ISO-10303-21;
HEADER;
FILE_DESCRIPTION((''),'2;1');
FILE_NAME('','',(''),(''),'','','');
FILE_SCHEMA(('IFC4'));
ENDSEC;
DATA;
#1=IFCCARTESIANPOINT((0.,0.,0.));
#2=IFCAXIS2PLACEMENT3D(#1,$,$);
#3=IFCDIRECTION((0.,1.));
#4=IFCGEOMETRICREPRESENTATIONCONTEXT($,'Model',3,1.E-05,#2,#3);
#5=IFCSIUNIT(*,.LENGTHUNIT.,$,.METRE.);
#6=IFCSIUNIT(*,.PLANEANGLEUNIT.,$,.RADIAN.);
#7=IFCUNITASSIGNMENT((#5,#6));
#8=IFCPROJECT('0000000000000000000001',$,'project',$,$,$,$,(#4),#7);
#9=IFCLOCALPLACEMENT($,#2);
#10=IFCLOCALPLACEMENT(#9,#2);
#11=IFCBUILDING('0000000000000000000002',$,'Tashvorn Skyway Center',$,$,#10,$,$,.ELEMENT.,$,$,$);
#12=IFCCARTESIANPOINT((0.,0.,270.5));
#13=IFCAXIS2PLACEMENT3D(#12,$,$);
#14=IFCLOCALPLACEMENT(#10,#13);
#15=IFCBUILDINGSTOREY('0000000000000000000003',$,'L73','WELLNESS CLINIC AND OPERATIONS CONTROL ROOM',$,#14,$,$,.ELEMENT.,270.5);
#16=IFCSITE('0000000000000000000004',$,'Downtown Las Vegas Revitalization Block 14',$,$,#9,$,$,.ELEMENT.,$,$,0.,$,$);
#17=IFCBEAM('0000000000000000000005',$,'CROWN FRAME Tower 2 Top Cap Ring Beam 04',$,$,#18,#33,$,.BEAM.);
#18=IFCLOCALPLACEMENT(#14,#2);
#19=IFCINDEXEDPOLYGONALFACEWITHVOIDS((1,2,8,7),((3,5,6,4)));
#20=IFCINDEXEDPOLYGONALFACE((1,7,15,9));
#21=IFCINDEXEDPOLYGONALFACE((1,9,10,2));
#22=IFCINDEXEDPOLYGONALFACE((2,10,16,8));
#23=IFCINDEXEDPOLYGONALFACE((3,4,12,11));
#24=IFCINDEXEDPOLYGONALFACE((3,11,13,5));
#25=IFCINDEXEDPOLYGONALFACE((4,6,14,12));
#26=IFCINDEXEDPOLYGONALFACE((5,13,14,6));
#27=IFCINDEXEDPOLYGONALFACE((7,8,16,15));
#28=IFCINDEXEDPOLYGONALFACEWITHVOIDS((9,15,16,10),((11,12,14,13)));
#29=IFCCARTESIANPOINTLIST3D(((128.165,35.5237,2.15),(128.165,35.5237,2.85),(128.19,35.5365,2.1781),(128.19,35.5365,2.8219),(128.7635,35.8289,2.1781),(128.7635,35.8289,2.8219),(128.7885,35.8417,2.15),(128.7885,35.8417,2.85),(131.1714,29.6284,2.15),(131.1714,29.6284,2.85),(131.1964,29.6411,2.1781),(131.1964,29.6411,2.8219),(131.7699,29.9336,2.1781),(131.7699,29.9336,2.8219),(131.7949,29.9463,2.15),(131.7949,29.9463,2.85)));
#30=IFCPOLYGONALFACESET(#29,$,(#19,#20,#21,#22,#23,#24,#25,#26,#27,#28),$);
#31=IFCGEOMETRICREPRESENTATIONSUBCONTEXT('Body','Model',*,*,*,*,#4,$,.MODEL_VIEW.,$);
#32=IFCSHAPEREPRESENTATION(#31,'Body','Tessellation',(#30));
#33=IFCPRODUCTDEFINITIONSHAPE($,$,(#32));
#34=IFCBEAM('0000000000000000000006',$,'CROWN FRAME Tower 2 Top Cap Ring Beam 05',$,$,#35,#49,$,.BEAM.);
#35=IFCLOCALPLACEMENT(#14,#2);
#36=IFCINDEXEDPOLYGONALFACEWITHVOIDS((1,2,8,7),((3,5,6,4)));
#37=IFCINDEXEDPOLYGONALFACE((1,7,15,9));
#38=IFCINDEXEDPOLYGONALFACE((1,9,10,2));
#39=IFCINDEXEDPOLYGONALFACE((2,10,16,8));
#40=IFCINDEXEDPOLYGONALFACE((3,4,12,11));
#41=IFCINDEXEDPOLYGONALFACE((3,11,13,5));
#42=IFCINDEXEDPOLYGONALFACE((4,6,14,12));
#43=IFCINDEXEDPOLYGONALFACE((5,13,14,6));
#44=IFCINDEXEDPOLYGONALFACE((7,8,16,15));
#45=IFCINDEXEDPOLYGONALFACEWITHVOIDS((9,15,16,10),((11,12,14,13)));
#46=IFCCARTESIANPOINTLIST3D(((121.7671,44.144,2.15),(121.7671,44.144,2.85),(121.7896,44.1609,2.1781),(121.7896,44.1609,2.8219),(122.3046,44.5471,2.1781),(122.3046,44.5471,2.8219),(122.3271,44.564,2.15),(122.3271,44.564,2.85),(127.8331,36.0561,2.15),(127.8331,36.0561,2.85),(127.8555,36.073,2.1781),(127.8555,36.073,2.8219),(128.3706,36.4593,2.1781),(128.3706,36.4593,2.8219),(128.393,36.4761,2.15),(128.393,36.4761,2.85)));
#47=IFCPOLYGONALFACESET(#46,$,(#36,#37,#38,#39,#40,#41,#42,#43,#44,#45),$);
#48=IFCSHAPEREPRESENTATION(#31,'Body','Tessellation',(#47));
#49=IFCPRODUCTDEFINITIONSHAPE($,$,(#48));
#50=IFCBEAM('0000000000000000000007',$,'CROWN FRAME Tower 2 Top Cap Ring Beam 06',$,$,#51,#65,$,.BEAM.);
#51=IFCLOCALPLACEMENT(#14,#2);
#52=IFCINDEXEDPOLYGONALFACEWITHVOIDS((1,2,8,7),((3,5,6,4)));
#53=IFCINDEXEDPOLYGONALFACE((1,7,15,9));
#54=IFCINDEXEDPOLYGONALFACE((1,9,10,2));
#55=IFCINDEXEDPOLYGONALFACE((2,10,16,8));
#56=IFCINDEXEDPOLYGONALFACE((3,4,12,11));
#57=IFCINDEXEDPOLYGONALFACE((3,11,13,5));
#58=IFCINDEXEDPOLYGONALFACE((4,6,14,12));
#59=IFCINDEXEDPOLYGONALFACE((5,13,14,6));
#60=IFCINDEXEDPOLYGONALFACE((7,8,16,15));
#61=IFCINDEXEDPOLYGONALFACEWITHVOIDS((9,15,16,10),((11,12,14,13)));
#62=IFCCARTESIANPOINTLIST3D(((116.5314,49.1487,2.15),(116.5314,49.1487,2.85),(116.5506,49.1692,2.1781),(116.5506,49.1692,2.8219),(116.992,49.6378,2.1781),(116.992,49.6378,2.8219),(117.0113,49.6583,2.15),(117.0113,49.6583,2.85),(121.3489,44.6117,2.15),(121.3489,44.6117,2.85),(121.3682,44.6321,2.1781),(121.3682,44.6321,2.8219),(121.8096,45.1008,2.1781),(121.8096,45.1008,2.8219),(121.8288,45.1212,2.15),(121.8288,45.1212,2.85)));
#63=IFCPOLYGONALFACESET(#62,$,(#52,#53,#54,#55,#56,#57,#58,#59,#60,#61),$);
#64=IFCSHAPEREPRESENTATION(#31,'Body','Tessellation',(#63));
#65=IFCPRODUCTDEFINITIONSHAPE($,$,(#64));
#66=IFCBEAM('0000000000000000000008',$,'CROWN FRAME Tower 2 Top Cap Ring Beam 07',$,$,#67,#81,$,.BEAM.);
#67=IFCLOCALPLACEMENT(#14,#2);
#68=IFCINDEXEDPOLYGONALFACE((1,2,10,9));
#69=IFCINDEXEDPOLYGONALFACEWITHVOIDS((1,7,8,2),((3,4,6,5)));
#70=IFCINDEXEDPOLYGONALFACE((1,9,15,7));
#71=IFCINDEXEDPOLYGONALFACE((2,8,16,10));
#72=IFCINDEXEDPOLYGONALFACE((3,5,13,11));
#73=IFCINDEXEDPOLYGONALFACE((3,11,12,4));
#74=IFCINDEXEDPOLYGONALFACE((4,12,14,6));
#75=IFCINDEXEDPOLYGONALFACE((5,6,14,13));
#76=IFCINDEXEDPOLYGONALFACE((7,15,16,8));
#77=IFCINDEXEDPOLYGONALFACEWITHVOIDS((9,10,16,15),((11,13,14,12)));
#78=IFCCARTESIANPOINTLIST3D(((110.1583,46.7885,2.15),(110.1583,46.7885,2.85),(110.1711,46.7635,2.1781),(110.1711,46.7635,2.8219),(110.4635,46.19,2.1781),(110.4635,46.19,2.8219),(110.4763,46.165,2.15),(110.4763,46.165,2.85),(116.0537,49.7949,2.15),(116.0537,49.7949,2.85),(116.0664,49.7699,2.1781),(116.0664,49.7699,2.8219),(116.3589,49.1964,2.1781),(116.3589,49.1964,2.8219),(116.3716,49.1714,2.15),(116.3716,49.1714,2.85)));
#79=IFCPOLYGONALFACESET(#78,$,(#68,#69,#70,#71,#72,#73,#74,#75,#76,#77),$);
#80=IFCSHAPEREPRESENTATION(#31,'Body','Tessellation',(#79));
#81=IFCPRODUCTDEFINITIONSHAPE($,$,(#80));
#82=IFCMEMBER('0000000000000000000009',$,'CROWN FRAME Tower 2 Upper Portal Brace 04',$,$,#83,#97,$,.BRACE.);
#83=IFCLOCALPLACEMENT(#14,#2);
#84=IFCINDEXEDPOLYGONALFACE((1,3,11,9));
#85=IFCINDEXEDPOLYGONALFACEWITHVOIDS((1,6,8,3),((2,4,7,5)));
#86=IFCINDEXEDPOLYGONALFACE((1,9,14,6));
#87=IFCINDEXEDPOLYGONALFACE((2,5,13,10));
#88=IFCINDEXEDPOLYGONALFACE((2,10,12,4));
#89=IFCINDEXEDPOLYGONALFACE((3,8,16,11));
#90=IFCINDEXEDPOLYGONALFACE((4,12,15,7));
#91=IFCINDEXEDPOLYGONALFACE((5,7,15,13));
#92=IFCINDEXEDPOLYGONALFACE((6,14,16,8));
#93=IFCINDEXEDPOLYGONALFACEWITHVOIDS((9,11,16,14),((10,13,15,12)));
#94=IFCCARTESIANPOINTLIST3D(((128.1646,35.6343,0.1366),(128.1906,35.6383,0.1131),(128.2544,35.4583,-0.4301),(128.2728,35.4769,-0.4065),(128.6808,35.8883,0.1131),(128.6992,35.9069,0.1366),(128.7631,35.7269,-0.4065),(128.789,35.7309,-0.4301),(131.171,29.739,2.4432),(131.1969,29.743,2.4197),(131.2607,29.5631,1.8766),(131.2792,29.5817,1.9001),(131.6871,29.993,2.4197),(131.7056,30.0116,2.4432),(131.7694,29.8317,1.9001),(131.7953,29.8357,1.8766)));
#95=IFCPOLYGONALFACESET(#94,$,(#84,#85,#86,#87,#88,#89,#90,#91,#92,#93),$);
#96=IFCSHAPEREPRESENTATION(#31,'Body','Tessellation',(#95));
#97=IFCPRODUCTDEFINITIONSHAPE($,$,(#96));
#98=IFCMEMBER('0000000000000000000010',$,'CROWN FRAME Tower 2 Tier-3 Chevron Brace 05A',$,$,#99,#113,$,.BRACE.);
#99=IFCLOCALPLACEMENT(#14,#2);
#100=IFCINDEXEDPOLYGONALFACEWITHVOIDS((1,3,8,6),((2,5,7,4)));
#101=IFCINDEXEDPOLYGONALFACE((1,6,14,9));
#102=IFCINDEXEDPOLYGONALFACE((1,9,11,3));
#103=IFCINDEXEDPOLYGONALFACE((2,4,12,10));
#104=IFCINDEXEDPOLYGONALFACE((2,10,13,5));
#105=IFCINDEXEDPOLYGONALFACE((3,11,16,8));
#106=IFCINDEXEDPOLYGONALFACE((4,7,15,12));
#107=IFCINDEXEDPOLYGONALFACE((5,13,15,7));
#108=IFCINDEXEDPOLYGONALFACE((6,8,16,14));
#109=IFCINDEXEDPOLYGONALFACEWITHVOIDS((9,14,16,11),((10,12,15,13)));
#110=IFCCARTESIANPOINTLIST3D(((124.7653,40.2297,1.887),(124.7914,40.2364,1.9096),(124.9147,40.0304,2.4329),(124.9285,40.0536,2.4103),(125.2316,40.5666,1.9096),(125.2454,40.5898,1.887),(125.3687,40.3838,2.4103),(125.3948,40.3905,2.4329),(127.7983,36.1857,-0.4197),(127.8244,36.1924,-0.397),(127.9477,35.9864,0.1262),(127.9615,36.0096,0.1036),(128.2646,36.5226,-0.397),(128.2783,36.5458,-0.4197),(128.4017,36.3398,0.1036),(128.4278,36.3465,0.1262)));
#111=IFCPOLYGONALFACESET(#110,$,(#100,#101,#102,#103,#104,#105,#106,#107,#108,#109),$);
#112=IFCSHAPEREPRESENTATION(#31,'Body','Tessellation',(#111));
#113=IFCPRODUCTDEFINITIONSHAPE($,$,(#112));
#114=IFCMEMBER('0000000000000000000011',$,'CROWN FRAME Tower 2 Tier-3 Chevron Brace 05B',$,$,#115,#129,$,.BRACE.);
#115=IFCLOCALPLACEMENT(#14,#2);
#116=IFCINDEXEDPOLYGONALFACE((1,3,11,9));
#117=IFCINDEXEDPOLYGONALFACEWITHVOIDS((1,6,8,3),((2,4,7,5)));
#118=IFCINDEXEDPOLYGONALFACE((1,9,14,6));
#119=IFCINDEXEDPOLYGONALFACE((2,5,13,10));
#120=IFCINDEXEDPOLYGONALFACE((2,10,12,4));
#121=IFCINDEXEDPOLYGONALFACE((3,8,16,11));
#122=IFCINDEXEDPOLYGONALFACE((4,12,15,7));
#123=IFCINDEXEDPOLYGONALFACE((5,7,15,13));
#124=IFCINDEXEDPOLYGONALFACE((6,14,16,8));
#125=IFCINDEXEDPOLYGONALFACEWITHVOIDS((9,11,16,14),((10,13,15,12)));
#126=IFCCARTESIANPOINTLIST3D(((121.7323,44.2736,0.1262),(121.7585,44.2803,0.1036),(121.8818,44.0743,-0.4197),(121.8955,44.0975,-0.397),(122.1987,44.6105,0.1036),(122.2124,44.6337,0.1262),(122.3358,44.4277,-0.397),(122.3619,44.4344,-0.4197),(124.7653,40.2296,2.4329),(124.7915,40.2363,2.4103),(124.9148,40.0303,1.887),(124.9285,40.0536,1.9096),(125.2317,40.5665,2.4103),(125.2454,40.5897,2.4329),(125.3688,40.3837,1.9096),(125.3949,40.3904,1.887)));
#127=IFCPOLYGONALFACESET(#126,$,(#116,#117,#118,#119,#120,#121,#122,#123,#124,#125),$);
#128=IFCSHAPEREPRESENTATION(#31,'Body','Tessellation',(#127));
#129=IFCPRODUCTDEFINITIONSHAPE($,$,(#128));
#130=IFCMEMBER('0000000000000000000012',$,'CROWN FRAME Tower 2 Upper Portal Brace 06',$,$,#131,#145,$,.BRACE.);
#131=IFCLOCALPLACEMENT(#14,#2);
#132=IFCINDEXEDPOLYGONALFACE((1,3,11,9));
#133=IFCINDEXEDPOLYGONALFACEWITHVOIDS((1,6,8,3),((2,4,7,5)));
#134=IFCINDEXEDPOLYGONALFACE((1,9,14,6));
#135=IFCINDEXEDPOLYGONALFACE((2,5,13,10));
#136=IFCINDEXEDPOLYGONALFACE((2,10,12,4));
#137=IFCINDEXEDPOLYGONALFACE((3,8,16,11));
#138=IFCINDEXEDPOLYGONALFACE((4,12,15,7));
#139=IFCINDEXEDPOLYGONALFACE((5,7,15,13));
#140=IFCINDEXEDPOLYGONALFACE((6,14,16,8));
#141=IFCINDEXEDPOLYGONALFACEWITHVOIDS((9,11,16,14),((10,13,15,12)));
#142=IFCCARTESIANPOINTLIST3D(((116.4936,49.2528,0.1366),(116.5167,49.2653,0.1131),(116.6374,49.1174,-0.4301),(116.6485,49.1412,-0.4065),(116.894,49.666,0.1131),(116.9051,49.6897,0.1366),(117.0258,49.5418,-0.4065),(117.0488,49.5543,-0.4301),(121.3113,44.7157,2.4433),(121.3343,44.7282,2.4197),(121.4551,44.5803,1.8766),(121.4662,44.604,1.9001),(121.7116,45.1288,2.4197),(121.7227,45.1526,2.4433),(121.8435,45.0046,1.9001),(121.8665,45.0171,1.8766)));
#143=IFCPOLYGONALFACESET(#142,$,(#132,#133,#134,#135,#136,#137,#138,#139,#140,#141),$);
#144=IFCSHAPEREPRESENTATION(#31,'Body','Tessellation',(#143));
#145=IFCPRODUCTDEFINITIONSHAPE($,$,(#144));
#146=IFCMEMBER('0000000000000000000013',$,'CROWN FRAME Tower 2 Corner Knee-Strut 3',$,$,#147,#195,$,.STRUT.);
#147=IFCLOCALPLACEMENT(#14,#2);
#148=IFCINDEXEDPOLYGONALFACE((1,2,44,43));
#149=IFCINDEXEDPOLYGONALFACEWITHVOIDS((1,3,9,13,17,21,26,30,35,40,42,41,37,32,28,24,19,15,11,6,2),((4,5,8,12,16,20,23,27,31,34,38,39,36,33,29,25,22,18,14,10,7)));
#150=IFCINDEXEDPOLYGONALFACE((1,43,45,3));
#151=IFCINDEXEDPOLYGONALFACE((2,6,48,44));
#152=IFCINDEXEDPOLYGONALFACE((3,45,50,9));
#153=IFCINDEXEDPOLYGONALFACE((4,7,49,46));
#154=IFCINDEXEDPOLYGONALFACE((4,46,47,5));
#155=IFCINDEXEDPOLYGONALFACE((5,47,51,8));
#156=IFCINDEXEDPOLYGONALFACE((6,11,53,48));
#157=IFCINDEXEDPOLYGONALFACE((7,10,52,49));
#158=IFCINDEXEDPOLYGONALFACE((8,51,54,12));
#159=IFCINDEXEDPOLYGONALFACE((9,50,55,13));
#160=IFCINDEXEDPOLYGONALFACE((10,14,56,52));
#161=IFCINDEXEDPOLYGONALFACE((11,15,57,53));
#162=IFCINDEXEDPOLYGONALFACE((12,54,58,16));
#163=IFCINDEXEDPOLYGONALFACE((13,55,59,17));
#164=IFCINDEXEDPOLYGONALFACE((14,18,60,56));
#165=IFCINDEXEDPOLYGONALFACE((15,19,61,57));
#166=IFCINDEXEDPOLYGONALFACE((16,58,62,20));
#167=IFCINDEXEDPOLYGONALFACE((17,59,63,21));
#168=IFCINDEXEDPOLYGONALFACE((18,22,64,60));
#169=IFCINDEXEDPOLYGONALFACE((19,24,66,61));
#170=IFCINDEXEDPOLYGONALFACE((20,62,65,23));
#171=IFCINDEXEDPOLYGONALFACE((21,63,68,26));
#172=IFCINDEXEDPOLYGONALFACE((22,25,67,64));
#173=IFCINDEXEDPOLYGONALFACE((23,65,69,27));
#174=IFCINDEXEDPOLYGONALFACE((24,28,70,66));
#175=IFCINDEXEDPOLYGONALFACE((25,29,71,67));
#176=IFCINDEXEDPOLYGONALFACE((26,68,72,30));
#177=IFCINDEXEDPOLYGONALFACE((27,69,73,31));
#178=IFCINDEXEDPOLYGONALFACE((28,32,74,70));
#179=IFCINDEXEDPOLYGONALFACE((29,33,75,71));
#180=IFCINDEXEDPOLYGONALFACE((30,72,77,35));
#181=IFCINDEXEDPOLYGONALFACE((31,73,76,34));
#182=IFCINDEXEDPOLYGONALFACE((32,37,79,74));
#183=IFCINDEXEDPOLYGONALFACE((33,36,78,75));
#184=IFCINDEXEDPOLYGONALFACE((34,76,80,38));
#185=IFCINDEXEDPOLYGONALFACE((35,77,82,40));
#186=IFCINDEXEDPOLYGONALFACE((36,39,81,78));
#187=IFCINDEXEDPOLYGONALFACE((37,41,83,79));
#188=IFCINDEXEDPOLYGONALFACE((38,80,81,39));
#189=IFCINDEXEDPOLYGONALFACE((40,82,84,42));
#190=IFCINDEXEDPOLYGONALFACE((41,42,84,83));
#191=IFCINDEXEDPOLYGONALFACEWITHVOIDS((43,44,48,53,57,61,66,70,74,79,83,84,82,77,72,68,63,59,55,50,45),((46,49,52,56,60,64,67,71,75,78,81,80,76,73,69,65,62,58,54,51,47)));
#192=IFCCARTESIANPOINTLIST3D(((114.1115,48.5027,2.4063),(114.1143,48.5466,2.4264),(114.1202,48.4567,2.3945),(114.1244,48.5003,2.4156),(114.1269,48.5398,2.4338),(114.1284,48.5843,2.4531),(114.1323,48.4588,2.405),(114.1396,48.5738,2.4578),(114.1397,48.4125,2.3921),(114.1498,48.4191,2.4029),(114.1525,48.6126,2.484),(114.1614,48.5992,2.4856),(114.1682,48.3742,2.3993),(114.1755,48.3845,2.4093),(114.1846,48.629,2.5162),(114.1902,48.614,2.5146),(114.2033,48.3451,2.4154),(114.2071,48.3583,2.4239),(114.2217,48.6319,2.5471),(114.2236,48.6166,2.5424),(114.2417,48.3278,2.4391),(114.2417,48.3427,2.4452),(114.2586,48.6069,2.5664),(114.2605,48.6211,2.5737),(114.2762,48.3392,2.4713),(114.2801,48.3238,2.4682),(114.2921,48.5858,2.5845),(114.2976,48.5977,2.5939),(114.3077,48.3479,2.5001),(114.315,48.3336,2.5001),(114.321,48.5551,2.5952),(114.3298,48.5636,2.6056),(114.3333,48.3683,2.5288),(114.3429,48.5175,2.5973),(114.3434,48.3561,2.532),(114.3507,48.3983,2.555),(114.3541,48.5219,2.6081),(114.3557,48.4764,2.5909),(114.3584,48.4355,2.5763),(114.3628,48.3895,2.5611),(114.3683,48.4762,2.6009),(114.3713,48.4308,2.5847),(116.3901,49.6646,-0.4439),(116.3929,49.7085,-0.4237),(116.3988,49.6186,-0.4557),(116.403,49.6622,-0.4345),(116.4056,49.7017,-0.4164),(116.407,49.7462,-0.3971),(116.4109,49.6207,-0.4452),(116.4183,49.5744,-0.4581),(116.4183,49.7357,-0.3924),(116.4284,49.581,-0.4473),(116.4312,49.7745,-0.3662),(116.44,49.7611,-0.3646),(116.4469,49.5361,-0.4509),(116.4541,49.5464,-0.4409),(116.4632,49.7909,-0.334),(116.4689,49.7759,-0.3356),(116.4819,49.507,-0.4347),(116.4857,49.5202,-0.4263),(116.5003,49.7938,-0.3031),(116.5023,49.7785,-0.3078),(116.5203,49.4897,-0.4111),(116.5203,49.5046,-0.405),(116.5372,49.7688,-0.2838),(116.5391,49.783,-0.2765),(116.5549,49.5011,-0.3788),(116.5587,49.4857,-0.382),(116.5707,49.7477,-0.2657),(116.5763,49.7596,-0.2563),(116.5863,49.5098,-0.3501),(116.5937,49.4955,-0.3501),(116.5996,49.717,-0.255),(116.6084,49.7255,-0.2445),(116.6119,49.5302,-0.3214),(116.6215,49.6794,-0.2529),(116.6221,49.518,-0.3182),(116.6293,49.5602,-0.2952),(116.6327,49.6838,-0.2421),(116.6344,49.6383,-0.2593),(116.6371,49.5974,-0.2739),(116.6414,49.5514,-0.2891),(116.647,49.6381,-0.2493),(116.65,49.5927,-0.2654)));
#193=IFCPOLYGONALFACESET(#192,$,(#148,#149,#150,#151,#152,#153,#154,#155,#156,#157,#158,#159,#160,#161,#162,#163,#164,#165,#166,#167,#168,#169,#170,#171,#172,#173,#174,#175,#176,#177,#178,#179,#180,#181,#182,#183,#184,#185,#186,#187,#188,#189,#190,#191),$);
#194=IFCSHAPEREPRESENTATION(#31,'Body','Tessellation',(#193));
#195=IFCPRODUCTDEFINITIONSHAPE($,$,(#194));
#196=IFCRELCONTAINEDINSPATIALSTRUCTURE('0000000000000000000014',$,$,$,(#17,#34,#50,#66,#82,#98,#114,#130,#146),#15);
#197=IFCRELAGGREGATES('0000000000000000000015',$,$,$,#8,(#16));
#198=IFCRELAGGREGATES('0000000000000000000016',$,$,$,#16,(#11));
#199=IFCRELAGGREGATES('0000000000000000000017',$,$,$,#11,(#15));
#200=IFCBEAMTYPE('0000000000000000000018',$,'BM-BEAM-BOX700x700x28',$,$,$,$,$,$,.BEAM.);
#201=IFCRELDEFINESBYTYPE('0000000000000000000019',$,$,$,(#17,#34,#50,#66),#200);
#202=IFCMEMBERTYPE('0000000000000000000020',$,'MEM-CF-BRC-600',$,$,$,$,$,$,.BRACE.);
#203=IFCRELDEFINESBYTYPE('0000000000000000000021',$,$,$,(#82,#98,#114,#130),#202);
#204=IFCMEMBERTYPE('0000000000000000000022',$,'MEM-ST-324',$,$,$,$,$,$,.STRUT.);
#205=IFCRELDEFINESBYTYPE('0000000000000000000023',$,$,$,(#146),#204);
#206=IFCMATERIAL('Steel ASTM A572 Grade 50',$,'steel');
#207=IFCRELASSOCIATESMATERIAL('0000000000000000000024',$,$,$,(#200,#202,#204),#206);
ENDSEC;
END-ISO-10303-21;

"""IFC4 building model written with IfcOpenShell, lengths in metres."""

from ifc_helpers import new_model, si_unit, direction, frame, origin, origin_2d, place, context, subcontext, project, spatial, hollow_rectangle, hollow_circle, extrude, material, material_profile, profile_set, type_object, element, save


model = new_model("IFC4")

# Units and contexts
model_context = context("Model", 3, precision=1e-05, world=origin(), true_north=direction((0.0, 1.0)))
body_context = subcontext(model_context, "Body", "Model", "MODEL_VIEW")
ifc_project = project(units=[si_unit("LENGTHUNIT", "METRE"), si_unit("PLANEANGLEUNIT", "RADIAN")], contexts=[model_context])

# Site, building, storey
site_placement = place(None, origin())
site = spatial("IfcSite", under=ifc_project, at=site_placement, Name="Downtown Las Vegas Revitalization Block 14", CompositionType="ELEMENT", RefElevation=0.0)
building_placement = place(site_placement, origin())
building = spatial("IfcBuilding", under=site, at=building_placement, Name="Tashvorn Skyway Center", CompositionType="ELEMENT")
storey_placement = place(building_placement, frame((0.0, 0.0, 270.5)))
storey = spatial("IfcBuildingStorey", under=building, at=storey_placement, Name="L73", Description="WELLNESS CLINIC AND OPERATIONS CONTROL ROOM", CompositionType="ELEMENT", Elevation=270.5)

# Beams
ifc_material_1 = material(Name="Steel ASTM A572 Grade 50", Category="steel")
ifc_material_profile_1 = material_profile(ifc_material_1, hollow_rectangle(XDim=0.7, YDim=0.7, WallThickness=0.0281, at=origin_2d()), Name="BOX700x700x28")
ifc_profile_set_1 = profile_set([ifc_material_profile_1], Name="Steel ASTM A572 Grade 50")
beam_type = type_object("IfcBeamType", Name="BM-BEAM-BOX700x700x28", PredefinedType="BEAM", material=ifc_profile_set_1)
beam_1_placement = place(storey_placement, frame((131.4832, 29.7874, 2.5), z_axis=(-0.454298, 0.89085, 0.0), x_axis=(-0.89085, -0.454298, 0.0)))
element("IfcBeam", 1, at=beam_1_placement, inside=storey, type_object=beam_type, Name="CROWN FRAME Tower 2 Top Cap Ring Beam 04", PredefinedType="BEAM", context=body_context, shape_type="SweptSolid", body=[
    extrude(hollow_rectangle(XDim=0.7, YDim=0.7, WallThickness=0.0281, at=origin_2d()), origin(), (0.0, 0.0, 1.0), 6.6177),
])
beam_2_placement = place(storey_placement, frame((128.113, 36.2661, 2.5), z_axis=(-0.6, 0.8, 0.0), x_axis=(-0.8, -0.6, 0.0)))
element("IfcBeam", 2, at=beam_2_placement, inside=storey, type_object=beam_type, Name="CROWN FRAME Tower 2 Top Cap Ring Beam 05", PredefinedType="BEAM", context=body_context, shape_type="SweptSolid", body=[
    extrude(hollow_rectangle(XDim=0.7, YDim=0.7, WallThickness=0.0281, at=origin_2d()), origin(), (0.0, 0.0, 1.0), 10.1099),
])
for number, where, z_axis, x_axis, name in (
    (3, (121.5889, 44.8665, 2.5), (-0.727983, 0.685595, 0.0), (-0.685595, -0.727983, 0.0), "CROWN FRAME Tower 2 Top Cap Ring Beam 06"),
    (4, (116.2126, 49.4832, 2.5), (-0.89085, -0.454298, 0.0), (0.454298, -0.89085, 0.0), "CROWN FRAME Tower 2 Top Cap Ring Beam 07"),
):
    element("IfcBeam", number, at=place(storey_placement, frame(where, z_axis=z_axis, x_axis=x_axis)), inside=storey, type_object=beam_type, Name=name, PredefinedType="BEAM", context=body_context, shape_type="SweptSolid", body=[
        extrude(hollow_rectangle(XDim=0.7, YDim=0.7, WallThickness=0.0281, at=origin_2d()), origin(), (0.0, 0.0, 1.0), 6.6177),
    ])

# Members
ifc_material_profile_2 = material_profile(ifc_material_1, hollow_rectangle(XDim=0.6001, YDim=0.6001, WallThickness=0.0249, at=origin_2d()), Name="BOX600x600x25")
ifc_profile_set_2 = profile_set([ifc_material_profile_2], Name="Steel ASTM A572 Grade 50")
member_type_1 = type_object("IfcMemberType", Name="MEM-CF-BRC-600", PredefinedType="BRACE", material=ifc_profile_set_2)
member_1_placement = place(storey_placement, frame((128.4768, 35.6826, -0.1467), z_axis=(0.428985, -0.841212, 0.329141), x_axis=(0.89085, 0.454298, 0.0)))
element("IfcMember", 5, at=member_1_placement, inside=storey, type_object=member_type_1, Name="CROWN FRAME Tower 2 Upper Portal Brace 04", PredefinedType="BRACE", context=body_context, shape_type="SweptSolid", body=[
    extrude(hollow_rectangle(XDim=0.6001, YDim=0.6001, WallThickness=0.0249, at=origin_2d()), origin(), (0.0, 0.0, 1.0), 7.0081),
])
for number, where, z_axis, x_axis, name in (
    (6, (128.113, 36.2661, -0.1467), (-0.545855, 0.727807, 0.415137), (-0.8, -0.6, 0.0), "CROWN FRAME Tower 2 Tier-3 Chevron Brace 05A"),
    (7, (122.0471, 44.354, -0.1467), (0.545855, -0.727807, 0.415137), (0.8, 0.6, 0.0), "CROWN FRAME Tower 2 Tier-3 Chevron Brace 05B"),
):
    element("IfcMember", number, at=place(storey_placement, frame(where, z_axis=z_axis, x_axis=x_axis)), inside=storey, type_object=member_type_1, Name=name, PredefinedType="BRACE", context=body_context, shape_type="SweptSolid", body=[
        extrude(hollow_rectangle(XDim=0.6001, YDim=0.6001, WallThickness=0.0249, at=origin_2d()), origin(), (0.0, 0.0, 1.0), 5.5564),
    ])
member_2_placement = place(storey_placement, frame((116.7712, 49.4036, -0.1467), z_axis=(0.687423, -0.647396, 0.329132), x_axis=(0.685595, 0.727983, 0.0)))
element("IfcMember", 8, at=member_2_placement, inside=storey, type_object=member_type_1, Name="CROWN FRAME Tower 2 Upper Portal Brace 06", PredefinedType="BRACE", context=body_context, shape_type="SweptSolid", body=[
    extrude(hollow_rectangle(XDim=0.6001, YDim=0.6001, WallThickness=0.0249, at=origin_2d()), origin(), (0.0, 0.0, 1.0), 7.0083),
])
ifc_material_profile_3 = material_profile(ifc_material_1, hollow_circle(Radius=0.1621, WallThickness=0.0161, at=origin_2d()), Name="CHS324x16")
ifc_profile_set_3 = profile_set([ifc_material_profile_3], Name="Steel ASTM A572 Grade 50")
member_type_2 = type_object("IfcMemberType", Name="MEM-ST-324", PredefinedType="STRUT", material=ifc_profile_set_3)
member_3_placement = place(storey_placement, frame((116.52, 49.6399, -0.3501), z_axis=(-0.595008, -0.303401, 0.744254), x_axis=(0.454263, -0.890868, 0.0)))
element("IfcMember", 9, at=member_3_placement, inside=storey, type_object=member_type_2, Name="CROWN FRAME Tower 2 Corner Knee-Strut 3", PredefinedType="STRUT", context=body_context, shape_type="SweptSolid", body=[
    extrude(hollow_circle(Radius=0.1621, WallThickness=0.0161, at=origin_2d()), origin(), (0.0, 0.0, 1.0), 3.8296),
])

save(model, "model.ifc")
